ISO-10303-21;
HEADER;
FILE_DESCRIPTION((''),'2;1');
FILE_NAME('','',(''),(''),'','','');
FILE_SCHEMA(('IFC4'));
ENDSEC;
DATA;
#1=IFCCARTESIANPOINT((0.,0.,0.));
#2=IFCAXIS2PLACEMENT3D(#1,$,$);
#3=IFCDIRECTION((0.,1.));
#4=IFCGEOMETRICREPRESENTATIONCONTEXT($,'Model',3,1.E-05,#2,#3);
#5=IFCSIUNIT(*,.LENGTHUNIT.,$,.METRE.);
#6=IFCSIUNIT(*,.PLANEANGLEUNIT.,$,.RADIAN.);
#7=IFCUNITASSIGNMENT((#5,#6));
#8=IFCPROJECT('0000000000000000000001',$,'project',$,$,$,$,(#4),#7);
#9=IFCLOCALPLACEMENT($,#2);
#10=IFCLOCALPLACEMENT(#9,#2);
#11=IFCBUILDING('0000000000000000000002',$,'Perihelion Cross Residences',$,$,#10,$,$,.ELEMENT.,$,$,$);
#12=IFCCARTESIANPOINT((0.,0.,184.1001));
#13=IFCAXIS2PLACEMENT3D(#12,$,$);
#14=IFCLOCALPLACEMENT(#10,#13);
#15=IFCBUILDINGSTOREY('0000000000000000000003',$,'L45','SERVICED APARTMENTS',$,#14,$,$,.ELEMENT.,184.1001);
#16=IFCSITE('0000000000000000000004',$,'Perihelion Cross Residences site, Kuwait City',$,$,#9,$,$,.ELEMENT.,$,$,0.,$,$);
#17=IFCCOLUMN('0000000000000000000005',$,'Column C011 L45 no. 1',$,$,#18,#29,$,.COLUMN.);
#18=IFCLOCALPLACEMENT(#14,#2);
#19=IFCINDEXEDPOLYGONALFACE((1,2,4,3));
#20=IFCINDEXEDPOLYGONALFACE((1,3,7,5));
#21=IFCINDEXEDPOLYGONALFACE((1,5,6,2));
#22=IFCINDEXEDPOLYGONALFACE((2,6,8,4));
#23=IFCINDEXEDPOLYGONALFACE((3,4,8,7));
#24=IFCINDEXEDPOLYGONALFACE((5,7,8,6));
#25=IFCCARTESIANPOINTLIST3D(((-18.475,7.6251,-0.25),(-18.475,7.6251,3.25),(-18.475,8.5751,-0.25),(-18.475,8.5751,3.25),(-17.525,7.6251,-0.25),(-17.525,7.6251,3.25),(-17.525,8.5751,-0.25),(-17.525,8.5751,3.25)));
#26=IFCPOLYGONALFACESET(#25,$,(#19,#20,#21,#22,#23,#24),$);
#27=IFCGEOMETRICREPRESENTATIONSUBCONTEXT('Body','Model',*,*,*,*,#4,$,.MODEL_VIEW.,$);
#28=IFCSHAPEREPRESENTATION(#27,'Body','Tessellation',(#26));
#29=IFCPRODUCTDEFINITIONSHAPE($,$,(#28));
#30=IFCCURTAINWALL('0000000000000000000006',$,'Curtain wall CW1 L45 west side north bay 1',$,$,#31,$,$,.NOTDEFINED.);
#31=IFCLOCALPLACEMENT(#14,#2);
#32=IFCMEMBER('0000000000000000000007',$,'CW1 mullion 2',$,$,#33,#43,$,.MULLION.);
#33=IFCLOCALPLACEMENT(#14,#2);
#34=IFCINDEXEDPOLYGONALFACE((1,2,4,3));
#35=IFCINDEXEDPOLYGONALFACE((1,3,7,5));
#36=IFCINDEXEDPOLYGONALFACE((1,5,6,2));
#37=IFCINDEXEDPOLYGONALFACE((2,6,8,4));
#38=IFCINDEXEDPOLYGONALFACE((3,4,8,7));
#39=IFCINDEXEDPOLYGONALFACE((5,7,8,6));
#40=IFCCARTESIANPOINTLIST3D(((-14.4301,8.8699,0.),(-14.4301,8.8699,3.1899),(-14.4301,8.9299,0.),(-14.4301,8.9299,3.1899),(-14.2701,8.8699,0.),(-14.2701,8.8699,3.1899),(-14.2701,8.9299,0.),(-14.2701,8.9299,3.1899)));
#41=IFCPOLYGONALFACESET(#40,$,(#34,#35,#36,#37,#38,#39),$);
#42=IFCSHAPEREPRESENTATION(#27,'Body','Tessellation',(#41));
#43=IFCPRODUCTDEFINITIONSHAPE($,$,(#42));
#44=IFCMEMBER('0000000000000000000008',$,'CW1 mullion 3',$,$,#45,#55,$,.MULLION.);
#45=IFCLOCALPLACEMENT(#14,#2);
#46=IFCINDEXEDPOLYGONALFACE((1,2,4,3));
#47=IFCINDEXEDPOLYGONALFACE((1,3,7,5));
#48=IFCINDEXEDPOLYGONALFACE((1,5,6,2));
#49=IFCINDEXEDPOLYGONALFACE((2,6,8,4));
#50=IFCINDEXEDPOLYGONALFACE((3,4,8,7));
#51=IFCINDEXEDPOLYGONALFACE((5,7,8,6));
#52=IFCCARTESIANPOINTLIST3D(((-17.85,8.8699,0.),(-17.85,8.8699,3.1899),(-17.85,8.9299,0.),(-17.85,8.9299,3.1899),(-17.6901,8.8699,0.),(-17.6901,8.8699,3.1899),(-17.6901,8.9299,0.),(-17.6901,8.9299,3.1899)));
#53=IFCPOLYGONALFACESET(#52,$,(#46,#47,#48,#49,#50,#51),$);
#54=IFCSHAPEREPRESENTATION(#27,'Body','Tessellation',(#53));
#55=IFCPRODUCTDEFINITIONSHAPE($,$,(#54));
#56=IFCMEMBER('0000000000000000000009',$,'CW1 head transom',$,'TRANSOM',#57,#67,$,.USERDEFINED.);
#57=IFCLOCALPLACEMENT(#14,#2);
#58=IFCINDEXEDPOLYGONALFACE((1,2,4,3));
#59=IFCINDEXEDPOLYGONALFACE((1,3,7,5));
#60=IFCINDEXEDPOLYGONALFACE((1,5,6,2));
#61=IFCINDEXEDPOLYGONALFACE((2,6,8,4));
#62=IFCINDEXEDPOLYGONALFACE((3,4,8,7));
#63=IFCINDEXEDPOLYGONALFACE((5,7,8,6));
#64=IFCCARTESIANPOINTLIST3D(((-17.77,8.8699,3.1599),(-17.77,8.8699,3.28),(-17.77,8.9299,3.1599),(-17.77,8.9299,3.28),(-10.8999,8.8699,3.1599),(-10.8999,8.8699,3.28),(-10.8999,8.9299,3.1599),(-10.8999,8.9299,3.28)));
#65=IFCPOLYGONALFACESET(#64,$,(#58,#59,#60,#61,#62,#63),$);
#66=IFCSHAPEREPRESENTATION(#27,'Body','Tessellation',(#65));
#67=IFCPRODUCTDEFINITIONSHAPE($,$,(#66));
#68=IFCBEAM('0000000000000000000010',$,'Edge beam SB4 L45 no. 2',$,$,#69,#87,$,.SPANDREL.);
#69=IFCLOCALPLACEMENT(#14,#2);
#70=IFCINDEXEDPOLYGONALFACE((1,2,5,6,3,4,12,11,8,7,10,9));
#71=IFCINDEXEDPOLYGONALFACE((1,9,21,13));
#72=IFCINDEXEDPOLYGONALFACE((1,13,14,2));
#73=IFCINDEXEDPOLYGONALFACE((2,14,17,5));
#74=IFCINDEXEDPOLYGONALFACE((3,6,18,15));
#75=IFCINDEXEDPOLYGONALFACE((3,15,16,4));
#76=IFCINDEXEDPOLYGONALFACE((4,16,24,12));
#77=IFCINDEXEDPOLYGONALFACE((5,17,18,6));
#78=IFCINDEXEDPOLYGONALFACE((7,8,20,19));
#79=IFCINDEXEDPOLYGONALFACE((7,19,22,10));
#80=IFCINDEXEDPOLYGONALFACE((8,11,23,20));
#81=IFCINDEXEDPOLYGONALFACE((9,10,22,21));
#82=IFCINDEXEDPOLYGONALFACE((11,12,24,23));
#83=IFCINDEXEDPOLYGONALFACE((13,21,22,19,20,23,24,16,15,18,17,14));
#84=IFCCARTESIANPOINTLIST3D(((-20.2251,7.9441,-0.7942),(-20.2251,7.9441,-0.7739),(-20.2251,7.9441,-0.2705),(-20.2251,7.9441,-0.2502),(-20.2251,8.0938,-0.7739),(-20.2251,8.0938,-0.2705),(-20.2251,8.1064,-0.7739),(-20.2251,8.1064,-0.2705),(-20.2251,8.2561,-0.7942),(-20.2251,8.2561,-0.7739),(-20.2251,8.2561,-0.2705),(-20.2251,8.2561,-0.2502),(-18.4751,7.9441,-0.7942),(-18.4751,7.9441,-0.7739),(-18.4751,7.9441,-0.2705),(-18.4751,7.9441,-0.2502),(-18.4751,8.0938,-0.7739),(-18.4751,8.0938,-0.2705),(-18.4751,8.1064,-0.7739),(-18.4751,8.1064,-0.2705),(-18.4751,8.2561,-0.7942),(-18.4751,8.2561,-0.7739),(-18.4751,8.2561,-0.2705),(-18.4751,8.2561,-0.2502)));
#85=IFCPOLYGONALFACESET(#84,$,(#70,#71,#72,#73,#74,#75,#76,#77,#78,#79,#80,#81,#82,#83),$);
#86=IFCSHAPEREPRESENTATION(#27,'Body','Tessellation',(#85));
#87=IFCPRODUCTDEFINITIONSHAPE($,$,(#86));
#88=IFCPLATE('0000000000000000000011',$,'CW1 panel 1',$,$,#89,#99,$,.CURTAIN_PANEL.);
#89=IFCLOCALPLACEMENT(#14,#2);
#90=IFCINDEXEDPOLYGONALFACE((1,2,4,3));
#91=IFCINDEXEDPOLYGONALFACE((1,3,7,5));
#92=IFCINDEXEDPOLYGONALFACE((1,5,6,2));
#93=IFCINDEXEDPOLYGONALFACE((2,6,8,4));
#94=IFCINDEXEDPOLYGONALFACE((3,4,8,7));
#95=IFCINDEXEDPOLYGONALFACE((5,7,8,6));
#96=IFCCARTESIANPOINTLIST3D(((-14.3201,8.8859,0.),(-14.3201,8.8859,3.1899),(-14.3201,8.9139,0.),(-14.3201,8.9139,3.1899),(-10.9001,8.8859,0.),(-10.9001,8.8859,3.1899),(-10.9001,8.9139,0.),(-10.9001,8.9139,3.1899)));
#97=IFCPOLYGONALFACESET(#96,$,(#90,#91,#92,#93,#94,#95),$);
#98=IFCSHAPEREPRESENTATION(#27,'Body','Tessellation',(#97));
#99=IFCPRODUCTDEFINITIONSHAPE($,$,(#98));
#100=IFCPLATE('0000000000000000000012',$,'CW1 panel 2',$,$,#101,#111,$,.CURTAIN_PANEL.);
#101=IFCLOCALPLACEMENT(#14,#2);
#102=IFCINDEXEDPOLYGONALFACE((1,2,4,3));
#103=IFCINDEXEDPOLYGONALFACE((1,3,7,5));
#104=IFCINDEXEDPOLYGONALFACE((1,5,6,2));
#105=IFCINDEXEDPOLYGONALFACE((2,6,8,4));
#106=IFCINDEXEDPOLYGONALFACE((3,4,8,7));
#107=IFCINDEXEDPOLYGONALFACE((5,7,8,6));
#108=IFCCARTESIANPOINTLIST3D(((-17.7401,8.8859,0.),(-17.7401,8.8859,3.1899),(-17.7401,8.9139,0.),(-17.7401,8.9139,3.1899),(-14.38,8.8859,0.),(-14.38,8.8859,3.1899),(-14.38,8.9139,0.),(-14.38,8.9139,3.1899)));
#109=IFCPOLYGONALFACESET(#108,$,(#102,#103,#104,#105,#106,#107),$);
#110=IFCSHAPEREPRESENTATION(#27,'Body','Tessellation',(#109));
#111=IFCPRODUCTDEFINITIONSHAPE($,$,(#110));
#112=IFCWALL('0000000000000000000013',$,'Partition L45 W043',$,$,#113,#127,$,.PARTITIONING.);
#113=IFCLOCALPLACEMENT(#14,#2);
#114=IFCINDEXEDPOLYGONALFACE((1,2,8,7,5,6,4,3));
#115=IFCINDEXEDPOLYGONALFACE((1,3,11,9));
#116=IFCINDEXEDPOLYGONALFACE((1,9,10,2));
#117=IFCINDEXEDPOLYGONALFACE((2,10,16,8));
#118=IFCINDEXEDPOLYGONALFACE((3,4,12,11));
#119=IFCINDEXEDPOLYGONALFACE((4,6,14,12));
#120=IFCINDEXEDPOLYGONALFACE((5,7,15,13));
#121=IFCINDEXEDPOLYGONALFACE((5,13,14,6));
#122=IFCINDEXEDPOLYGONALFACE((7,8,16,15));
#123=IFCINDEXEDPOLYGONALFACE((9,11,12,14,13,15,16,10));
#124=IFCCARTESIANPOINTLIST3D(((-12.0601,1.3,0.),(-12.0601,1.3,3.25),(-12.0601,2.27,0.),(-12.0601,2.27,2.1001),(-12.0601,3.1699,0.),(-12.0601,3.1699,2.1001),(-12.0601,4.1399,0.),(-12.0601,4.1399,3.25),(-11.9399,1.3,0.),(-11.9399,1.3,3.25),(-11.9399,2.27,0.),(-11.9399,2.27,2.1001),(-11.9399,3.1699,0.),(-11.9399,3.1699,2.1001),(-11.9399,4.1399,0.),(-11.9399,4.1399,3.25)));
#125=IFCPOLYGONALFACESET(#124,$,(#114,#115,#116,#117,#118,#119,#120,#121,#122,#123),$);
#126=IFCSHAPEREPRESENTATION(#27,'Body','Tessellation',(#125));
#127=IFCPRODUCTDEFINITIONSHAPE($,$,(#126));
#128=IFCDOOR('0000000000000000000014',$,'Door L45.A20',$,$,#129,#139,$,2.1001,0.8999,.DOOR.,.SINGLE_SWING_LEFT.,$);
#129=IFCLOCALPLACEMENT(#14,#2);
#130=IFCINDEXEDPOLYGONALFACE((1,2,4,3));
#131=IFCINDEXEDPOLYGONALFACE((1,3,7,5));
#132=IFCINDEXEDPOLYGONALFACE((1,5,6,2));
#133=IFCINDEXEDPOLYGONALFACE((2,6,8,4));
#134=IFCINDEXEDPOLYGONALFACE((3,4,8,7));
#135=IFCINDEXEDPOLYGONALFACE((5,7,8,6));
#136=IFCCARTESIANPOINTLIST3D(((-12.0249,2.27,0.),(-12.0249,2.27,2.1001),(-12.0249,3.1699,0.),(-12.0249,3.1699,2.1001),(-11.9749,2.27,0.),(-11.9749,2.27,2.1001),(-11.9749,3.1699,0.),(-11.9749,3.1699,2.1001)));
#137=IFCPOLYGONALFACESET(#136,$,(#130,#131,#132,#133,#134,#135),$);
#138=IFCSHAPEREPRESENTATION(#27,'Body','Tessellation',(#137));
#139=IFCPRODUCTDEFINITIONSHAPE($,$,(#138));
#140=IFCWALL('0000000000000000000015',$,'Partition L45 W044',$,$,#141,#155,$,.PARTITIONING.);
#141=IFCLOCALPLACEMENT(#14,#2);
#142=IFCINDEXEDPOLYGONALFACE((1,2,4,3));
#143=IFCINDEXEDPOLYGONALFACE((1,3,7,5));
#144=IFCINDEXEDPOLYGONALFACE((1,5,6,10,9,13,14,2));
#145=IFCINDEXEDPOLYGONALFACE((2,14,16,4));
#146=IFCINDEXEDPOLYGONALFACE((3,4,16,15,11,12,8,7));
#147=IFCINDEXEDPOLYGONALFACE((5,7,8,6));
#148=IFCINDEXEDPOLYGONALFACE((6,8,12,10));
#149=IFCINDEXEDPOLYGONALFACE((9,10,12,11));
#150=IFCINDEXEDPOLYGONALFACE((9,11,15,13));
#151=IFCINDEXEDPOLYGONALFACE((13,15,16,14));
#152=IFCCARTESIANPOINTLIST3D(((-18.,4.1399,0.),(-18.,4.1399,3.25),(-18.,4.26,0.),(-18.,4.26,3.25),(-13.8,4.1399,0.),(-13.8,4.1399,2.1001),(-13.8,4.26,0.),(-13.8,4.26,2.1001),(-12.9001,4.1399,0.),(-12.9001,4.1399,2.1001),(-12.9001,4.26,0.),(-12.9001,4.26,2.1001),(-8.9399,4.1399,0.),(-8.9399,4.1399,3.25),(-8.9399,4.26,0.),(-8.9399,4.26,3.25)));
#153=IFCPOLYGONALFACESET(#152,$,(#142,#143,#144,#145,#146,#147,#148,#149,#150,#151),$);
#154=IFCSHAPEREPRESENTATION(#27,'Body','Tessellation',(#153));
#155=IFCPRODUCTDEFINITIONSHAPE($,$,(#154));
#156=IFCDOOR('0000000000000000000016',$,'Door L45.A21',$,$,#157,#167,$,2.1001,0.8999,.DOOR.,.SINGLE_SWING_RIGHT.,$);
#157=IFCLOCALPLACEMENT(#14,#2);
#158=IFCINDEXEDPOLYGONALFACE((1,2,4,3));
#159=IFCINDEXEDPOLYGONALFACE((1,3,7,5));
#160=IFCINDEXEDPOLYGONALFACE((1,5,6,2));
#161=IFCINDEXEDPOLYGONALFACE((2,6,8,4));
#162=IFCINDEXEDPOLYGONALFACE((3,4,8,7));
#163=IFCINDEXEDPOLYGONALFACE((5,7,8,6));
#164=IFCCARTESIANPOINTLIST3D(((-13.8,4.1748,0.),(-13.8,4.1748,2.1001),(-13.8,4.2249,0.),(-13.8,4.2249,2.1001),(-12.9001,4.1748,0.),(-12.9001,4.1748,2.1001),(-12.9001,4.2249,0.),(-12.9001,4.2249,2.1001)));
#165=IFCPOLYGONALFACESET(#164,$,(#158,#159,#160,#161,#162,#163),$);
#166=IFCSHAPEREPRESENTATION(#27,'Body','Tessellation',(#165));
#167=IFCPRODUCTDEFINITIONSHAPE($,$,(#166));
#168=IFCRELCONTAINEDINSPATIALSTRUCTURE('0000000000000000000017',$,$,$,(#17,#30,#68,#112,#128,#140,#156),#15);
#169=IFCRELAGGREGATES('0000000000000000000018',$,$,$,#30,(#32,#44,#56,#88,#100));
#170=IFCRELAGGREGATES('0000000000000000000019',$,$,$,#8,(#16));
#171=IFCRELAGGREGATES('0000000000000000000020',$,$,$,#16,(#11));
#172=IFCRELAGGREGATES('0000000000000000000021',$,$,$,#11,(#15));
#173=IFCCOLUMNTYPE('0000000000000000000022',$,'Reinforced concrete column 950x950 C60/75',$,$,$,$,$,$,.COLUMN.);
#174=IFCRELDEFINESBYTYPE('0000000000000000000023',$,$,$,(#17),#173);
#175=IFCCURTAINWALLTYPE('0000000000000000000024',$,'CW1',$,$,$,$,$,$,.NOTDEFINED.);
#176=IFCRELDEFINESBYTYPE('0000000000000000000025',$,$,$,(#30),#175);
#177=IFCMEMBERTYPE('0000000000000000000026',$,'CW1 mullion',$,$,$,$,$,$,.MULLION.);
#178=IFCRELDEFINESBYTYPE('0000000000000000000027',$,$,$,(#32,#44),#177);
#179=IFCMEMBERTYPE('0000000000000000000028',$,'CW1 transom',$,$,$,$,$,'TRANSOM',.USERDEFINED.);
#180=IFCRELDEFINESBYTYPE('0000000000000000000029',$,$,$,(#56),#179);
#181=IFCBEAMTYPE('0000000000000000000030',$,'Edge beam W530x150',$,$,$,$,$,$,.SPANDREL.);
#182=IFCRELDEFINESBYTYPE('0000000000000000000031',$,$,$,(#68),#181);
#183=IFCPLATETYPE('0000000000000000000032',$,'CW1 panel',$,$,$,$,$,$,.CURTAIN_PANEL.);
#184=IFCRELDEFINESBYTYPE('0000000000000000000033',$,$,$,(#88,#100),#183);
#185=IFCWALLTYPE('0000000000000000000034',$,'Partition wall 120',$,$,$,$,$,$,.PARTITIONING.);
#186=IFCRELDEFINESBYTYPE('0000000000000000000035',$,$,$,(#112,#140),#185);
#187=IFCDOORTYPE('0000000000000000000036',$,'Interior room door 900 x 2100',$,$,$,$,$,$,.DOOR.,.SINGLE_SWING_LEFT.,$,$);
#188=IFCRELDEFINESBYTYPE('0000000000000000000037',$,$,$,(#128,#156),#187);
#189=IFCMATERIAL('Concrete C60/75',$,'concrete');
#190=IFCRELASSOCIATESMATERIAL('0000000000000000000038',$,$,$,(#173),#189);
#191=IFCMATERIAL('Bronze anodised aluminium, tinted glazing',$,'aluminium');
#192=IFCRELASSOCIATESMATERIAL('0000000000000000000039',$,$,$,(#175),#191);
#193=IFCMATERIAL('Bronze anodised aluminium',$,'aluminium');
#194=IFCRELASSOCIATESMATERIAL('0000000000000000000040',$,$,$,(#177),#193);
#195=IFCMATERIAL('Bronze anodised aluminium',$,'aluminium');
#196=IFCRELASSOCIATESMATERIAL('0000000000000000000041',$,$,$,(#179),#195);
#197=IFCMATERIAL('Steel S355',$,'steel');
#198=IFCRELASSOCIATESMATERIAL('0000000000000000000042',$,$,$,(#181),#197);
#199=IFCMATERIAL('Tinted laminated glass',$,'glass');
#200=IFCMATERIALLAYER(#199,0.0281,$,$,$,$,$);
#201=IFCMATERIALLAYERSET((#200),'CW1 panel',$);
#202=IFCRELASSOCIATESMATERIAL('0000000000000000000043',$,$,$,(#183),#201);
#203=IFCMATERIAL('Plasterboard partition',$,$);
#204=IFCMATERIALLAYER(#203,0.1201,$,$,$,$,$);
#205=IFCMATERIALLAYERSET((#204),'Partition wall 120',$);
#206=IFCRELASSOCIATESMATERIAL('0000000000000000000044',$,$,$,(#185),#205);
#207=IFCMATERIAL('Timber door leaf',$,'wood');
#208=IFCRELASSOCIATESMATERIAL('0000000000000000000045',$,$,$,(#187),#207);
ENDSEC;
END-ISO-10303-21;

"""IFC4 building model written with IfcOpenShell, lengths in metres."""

from ifc_helpers import new_model, si_unit, direction, frame, frame_2d, origin, origin_2d, place, context, subcontext, project, spatial, rectangle, i_section, extrude, material, layer, layer_set, material_profile, profile_set, type_object, element, fill, aggregate, save


model = new_model("IFC4")

# Units and contexts
model_context = context("Model", 3, precision=1e-05, world=origin(), true_north=direction((0.0, 1.0)))
body_context = subcontext(model_context, "Body", "Model", "MODEL_VIEW")
ifc_project = project(units=[si_unit("LENGTHUNIT", "METRE"), si_unit("PLANEANGLEUNIT", "RADIAN")], contexts=[model_context])

# Site, building, storey
site_placement = place(None, origin())
site = spatial("IfcSite", under=ifc_project, at=site_placement, Name="Perihelion Cross Residences site, Kuwait City", CompositionType="ELEMENT", RefElevation=0.0)
building_placement = place(site_placement, origin())
building = spatial("IfcBuilding", under=site, at=building_placement, Name="Perihelion Cross Residences", CompositionType="ELEMENT")
storey_placement = place(building_placement, frame((0.0, 0.0, 184.1001)))
storey = spatial("IfcBuildingStorey", under=building, at=storey_placement, Name="L45", Description="SERVICED APARTMENTS", CompositionType="ELEMENT", Elevation=184.1001)

# Column
ifc_material_1 = material(Name="Concrete C60/75", Category="concrete")
ifc_material_profile_1 = material_profile(ifc_material_1, rectangle(XDim=0.95, YDim=0.95, at=origin_2d()), Name="RC 950x950")
ifc_profile_set_1 = profile_set([ifc_material_profile_1], Name="Concrete C60/75")
column_type = type_object("IfcColumnType", Name="Reinforced concrete column 950x950 C60/75", PredefinedType="COLUMN", material=ifc_profile_set_1)
column_placement = place(storey_placement, frame((-18.0, 8.1001, -0.25), z_axis=(0.0, 0.0, 1.0), x_axis=(1.0, 0.0, 0.0)))
element("IfcColumn", 1, at=column_placement, inside=storey, type_object=column_type, Name="Column C011 L45 no. 1", PredefinedType="COLUMN", context=body_context, shape_type="SweptSolid", body=[
    extrude(rectangle(XDim=0.95, YDim=0.95, at=origin_2d()), origin(), (0.0, 0.0, 1.0), 3.5),
])

# Curtain wall, members
ifc_material_2 = material(Name="Bronze anodised aluminium, tinted glazing", Category="aluminium")
curtain_wall_type = type_object("IfcCurtainWallType", Name="CW1", PredefinedType="NOTDEFINED", material=ifc_material_2)
curtain_wall_placement = place(storey_placement, origin())
curtain_wall = element("IfcCurtainWall", 2, at=curtain_wall_placement, inside=storey, type_object=curtain_wall_type, Name="Curtain wall CW1 L45 west side north bay 1", PredefinedType="NOTDEFINED")
ifc_material_3 = material(Name="Bronze anodised aluminium", Category="aluminium")
ifc_material_profile_2 = material_profile(ifc_material_3, rectangle(XDim=0.0601, YDim=0.1599, at=origin_2d()), Name="CW1 mullion")
ifc_profile_set_2 = profile_set([ifc_material_profile_2], Name="Bronze anodised aluminium")
member_type_1 = type_object("IfcMemberType", Name="CW1 mullion", PredefinedType="MULLION", material=ifc_profile_set_2)
member_1_placement = place(storey_placement, frame((-14.3501, 8.8999, 0.0), z_axis=(0.0, 0.0, 1.0), x_axis=(0.0, -1.0, 0.0)))
member_1 = element("IfcMember", 3, at=member_1_placement, type_object=member_type_1, Name="CW1 mullion 2", PredefinedType="MULLION", context=body_context, shape_type="SweptSolid", body=[
    extrude(rectangle(XDim=0.0601, YDim=0.1599, at=origin_2d()), origin(), (0.0, 0.0, 1.0), 3.1899),
])
member_2_placement = place(storey_placement, frame((-17.77, 8.8999, 0.0), z_axis=(0.0, 0.0, 1.0), x_axis=(0.0, -1.0, 0.0)))
member_2 = element("IfcMember", 4, at=member_2_placement, type_object=member_type_1, Name="CW1 mullion 3", PredefinedType="MULLION", context=body_context, shape_type="SweptSolid", body=[
    extrude(rectangle(XDim=0.0601, YDim=0.1599, at=origin_2d()), origin(), (0.0, 0.0, 1.0), 3.1899),
])
ifc_material_4 = material(Name="Bronze anodised aluminium", Category="aluminium")
ifc_material_profile_3 = material_profile(ifc_material_4, rectangle(XDim=0.0601, YDim=0.1201, at=origin_2d()), Name="CW1 transom")
ifc_profile_set_3 = profile_set([ifc_material_profile_3], Name="Bronze anodised aluminium")
member_type_2 = type_object("IfcMemberType", Name="CW1 transom", ElementType="TRANSOM", PredefinedType="USERDEFINED", material=ifc_profile_set_3)
member_3_placement = place(storey_placement, frame((-10.8999, 8.8999, 3.22), z_axis=(-1.0, 0.0, 0.0), x_axis=(0.0, -1.0, 0.0)))
member_3 = element("IfcMember", 5, at=member_3_placement, type_object=member_type_2, Name="CW1 head transom", ObjectType="TRANSOM", PredefinedType="USERDEFINED", context=body_context, shape_type="SweptSolid", body=[
    extrude(rectangle(XDim=0.0601, YDim=0.1201, at=origin_2d()), origin(), (0.0, 0.0, 1.0), 6.8701),
])

# Beam
ifc_material_5 = material(Name="Steel S355", Category="steel")
ifc_material_profile_4 = material_profile(ifc_material_5, i_section(OverallWidth=0.312, OverallDepth=0.5439, WebThickness=0.0127, FlangeThickness=0.0203, at=origin_2d()), Name="W530x150")
ifc_profile_set_4 = profile_set([ifc_material_profile_4], Name="Steel S355")
beam_type = type_object("IfcBeamType", Name="Edge beam W530x150", PredefinedType="SPANDREL", material=ifc_profile_set_4)
beam_placement = place(storey_placement, frame((-18.4751, 8.1001, -0.5222), z_axis=(-1.0, 0.0, 0.0), x_axis=(0.0, -1.0, 0.0)))
element("IfcBeam", 6, at=beam_placement, inside=storey, type_object=beam_type, Name="Edge beam SB4 L45 no. 2", PredefinedType="SPANDREL", context=body_context, shape_type="SweptSolid", body=[
    extrude(i_section(OverallWidth=0.312, OverallDepth=0.5439, WebThickness=0.0127, FlangeThickness=0.0203, at=origin_2d()), origin(), (0.0, 0.0, 1.0), 1.75),
])

# Plates
ifc_material_6 = material(Name="Tinted laminated glass", Category="glass")
ifc_layer_1 = layer(ifc_material_6, 0.0281)
ifc_layer_set_1 = layer_set([ifc_layer_1], Name="CW1 panel")
plate_type = type_object("IfcPlateType", Name="CW1 panel", PredefinedType="CURTAIN_PANEL", material=ifc_layer_set_1)
plate_1_placement = place(storey_placement, frame((-12.6101, 8.8999, 0.0), z_axis=(0.0, 0.0, 1.0), x_axis=(-1.0, 0.0, 0.0)))
plate_1 = element("IfcPlate", 7, at=plate_1_placement, type_object=plate_type, Name="CW1 panel 1", PredefinedType="CURTAIN_PANEL", context=body_context, shape_type="SweptSolid", body=[
    extrude(rectangle(XDim=3.4199, YDim=0.0281, at=origin_2d()), origin(), (0.0, 0.0, 1.0), 3.1899),
])
plate_2_placement = place(storey_placement, frame((-16.0601, 8.8999, 0.0), z_axis=(0.0, 0.0, 1.0), x_axis=(-1.0, 0.0, 0.0)))
plate_2 = element("IfcPlate", 8, at=plate_2_placement, type_object=plate_type, Name="CW1 panel 2", PredefinedType="CURTAIN_PANEL", context=body_context, shape_type="SweptSolid", body=[
    extrude(rectangle(XDim=3.3601, YDim=0.0281, at=origin_2d()), origin(), (0.0, 0.0, 1.0), 3.1899),
])
aggregate(curtain_wall, [member_1, member_2, member_3, plate_1, plate_2])

# Walls, openings, doors
ifc_material_7 = material(Name="Plasterboard partition")
ifc_layer_2 = layer(ifc_material_7, 0.1201)
ifc_layer_set_2 = layer_set([ifc_layer_2], Name="Partition wall 120")
wall_type_1 = type_object("IfcWallType", Name="Partition wall 120", PredefinedType="PARTITIONING", material=ifc_layer_set_2)
wall_1_placement = place(storey_placement, frame((-12.0, 1.3, 0.0), z_axis=(0.0, 0.0, 1.0), x_axis=(0.0, 1.0, 0.0)))
wall_1 = element("IfcWall", 9, at=wall_1_placement, inside=storey, type_object=wall_type_1, Name="Partition L45 W043", PredefinedType="PARTITIONING", context=body_context, shape_type="SweptSolid", body=[
    extrude(rectangle(XDim=2.8398, YDim=0.1201, at=frame_2d((1.4199, 0.0))), origin(), (0.0, 0.0, 1.0), 3.25),
])
opening_1_placement = place(wall_1_placement, frame((0.97, 0.0, 0.0)))
opening_1 = element("IfcOpeningElement", 10, at=opening_1_placement, cuts=wall_1, PredefinedType="OPENING", context=body_context, shape_type="SweptSolid", body=[
    extrude(rectangle(XDim=0.8999, YDim=2.1001, at=frame_2d((0.45, 1.05))), frame((0.0, 0.0701, 0.0), z_axis=(0.0, -1.0, 0.0), x_axis=(1.0, 0.0, 0.0)), (0.0, 0.0, 1.0), 0.1401),
])
ifc_material_8 = material(Name="Timber door leaf", Category="wood")
door_type_1 = type_object("IfcDoorType", Name="Interior room door 900 x 2100", OperationType="SINGLE_SWING_LEFT", PredefinedType="DOOR", material=ifc_material_8)
door_1_placement = place(opening_1_placement, origin())
door_1 = element("IfcDoor", 11, at=door_1_placement, inside=storey, type_object=door_type_1, Name="Door L45.A20", OperationType="SINGLE_SWING_LEFT", OverallHeight=2.1001, OverallWidth=0.8999, PredefinedType="DOOR", context=body_context, shape_type="SweptSolid", body=[
    extrude(rectangle(XDim=0.8999, YDim=2.1001, at=frame_2d((0.45, 1.05))), frame((0.0, 0.0249, 0.0), z_axis=(0.0, -1.0, 0.0), x_axis=(1.0, 0.0, 0.0)), (0.0, 0.0, 1.0), 0.05),
])
fill(opening_1, door_1)
wall_2_placement = place(storey_placement, frame((-18.0, 4.2, 0.0), z_axis=(0.0, 0.0, 1.0), x_axis=(1.0, 0.0, 0.0)))
wall_2 = element("IfcWall", 12, at=wall_2_placement, inside=storey, type_object=wall_type_1, Name="Partition L45 W044", PredefinedType="PARTITIONING", context=body_context, shape_type="SweptSolid", body=[
    extrude(rectangle(XDim=9.0601, YDim=0.1201, at=frame_2d((4.53, 0.0))), origin(), (0.0, 0.0, 1.0), 3.25),
])
opening_2_placement = place(wall_2_placement, frame((4.2, 0.0, 0.0)))
opening_2 = element("IfcOpeningElement", 13, at=opening_2_placement, cuts=wall_2, PredefinedType="OPENING", context=body_context, shape_type="SweptSolid", body=[
    extrude(rectangle(XDim=0.8999, YDim=2.1001, at=frame_2d((0.45, 1.05))), frame((0.0, 0.0701, 0.0), z_axis=(0.0, -1.0, 0.0), x_axis=(1.0, 0.0, 0.0)), (0.0, 0.0, 1.0), 0.1401),
])
door_2_placement = place(opening_2_placement, origin())
door_2 = element("IfcDoor", 14, at=door_2_placement, inside=storey, type_object=door_type_1, Name="Door L45.A21", OperationType="SINGLE_SWING_RIGHT", OverallHeight=2.1001, OverallWidth=0.8999, PredefinedType="DOOR", context=body_context, shape_type="SweptSolid", body=[
    extrude(rectangle(XDim=0.8999, YDim=2.1001, at=frame_2d((0.45, 1.05))), frame((0.0, 0.0249, 0.0), z_axis=(0.0, -1.0, 0.0), x_axis=(1.0, 0.0, 0.0)), (0.0, 0.0, 1.0), 0.05),
])
fill(opening_2, door_2)

save(model, "model.ifc")
